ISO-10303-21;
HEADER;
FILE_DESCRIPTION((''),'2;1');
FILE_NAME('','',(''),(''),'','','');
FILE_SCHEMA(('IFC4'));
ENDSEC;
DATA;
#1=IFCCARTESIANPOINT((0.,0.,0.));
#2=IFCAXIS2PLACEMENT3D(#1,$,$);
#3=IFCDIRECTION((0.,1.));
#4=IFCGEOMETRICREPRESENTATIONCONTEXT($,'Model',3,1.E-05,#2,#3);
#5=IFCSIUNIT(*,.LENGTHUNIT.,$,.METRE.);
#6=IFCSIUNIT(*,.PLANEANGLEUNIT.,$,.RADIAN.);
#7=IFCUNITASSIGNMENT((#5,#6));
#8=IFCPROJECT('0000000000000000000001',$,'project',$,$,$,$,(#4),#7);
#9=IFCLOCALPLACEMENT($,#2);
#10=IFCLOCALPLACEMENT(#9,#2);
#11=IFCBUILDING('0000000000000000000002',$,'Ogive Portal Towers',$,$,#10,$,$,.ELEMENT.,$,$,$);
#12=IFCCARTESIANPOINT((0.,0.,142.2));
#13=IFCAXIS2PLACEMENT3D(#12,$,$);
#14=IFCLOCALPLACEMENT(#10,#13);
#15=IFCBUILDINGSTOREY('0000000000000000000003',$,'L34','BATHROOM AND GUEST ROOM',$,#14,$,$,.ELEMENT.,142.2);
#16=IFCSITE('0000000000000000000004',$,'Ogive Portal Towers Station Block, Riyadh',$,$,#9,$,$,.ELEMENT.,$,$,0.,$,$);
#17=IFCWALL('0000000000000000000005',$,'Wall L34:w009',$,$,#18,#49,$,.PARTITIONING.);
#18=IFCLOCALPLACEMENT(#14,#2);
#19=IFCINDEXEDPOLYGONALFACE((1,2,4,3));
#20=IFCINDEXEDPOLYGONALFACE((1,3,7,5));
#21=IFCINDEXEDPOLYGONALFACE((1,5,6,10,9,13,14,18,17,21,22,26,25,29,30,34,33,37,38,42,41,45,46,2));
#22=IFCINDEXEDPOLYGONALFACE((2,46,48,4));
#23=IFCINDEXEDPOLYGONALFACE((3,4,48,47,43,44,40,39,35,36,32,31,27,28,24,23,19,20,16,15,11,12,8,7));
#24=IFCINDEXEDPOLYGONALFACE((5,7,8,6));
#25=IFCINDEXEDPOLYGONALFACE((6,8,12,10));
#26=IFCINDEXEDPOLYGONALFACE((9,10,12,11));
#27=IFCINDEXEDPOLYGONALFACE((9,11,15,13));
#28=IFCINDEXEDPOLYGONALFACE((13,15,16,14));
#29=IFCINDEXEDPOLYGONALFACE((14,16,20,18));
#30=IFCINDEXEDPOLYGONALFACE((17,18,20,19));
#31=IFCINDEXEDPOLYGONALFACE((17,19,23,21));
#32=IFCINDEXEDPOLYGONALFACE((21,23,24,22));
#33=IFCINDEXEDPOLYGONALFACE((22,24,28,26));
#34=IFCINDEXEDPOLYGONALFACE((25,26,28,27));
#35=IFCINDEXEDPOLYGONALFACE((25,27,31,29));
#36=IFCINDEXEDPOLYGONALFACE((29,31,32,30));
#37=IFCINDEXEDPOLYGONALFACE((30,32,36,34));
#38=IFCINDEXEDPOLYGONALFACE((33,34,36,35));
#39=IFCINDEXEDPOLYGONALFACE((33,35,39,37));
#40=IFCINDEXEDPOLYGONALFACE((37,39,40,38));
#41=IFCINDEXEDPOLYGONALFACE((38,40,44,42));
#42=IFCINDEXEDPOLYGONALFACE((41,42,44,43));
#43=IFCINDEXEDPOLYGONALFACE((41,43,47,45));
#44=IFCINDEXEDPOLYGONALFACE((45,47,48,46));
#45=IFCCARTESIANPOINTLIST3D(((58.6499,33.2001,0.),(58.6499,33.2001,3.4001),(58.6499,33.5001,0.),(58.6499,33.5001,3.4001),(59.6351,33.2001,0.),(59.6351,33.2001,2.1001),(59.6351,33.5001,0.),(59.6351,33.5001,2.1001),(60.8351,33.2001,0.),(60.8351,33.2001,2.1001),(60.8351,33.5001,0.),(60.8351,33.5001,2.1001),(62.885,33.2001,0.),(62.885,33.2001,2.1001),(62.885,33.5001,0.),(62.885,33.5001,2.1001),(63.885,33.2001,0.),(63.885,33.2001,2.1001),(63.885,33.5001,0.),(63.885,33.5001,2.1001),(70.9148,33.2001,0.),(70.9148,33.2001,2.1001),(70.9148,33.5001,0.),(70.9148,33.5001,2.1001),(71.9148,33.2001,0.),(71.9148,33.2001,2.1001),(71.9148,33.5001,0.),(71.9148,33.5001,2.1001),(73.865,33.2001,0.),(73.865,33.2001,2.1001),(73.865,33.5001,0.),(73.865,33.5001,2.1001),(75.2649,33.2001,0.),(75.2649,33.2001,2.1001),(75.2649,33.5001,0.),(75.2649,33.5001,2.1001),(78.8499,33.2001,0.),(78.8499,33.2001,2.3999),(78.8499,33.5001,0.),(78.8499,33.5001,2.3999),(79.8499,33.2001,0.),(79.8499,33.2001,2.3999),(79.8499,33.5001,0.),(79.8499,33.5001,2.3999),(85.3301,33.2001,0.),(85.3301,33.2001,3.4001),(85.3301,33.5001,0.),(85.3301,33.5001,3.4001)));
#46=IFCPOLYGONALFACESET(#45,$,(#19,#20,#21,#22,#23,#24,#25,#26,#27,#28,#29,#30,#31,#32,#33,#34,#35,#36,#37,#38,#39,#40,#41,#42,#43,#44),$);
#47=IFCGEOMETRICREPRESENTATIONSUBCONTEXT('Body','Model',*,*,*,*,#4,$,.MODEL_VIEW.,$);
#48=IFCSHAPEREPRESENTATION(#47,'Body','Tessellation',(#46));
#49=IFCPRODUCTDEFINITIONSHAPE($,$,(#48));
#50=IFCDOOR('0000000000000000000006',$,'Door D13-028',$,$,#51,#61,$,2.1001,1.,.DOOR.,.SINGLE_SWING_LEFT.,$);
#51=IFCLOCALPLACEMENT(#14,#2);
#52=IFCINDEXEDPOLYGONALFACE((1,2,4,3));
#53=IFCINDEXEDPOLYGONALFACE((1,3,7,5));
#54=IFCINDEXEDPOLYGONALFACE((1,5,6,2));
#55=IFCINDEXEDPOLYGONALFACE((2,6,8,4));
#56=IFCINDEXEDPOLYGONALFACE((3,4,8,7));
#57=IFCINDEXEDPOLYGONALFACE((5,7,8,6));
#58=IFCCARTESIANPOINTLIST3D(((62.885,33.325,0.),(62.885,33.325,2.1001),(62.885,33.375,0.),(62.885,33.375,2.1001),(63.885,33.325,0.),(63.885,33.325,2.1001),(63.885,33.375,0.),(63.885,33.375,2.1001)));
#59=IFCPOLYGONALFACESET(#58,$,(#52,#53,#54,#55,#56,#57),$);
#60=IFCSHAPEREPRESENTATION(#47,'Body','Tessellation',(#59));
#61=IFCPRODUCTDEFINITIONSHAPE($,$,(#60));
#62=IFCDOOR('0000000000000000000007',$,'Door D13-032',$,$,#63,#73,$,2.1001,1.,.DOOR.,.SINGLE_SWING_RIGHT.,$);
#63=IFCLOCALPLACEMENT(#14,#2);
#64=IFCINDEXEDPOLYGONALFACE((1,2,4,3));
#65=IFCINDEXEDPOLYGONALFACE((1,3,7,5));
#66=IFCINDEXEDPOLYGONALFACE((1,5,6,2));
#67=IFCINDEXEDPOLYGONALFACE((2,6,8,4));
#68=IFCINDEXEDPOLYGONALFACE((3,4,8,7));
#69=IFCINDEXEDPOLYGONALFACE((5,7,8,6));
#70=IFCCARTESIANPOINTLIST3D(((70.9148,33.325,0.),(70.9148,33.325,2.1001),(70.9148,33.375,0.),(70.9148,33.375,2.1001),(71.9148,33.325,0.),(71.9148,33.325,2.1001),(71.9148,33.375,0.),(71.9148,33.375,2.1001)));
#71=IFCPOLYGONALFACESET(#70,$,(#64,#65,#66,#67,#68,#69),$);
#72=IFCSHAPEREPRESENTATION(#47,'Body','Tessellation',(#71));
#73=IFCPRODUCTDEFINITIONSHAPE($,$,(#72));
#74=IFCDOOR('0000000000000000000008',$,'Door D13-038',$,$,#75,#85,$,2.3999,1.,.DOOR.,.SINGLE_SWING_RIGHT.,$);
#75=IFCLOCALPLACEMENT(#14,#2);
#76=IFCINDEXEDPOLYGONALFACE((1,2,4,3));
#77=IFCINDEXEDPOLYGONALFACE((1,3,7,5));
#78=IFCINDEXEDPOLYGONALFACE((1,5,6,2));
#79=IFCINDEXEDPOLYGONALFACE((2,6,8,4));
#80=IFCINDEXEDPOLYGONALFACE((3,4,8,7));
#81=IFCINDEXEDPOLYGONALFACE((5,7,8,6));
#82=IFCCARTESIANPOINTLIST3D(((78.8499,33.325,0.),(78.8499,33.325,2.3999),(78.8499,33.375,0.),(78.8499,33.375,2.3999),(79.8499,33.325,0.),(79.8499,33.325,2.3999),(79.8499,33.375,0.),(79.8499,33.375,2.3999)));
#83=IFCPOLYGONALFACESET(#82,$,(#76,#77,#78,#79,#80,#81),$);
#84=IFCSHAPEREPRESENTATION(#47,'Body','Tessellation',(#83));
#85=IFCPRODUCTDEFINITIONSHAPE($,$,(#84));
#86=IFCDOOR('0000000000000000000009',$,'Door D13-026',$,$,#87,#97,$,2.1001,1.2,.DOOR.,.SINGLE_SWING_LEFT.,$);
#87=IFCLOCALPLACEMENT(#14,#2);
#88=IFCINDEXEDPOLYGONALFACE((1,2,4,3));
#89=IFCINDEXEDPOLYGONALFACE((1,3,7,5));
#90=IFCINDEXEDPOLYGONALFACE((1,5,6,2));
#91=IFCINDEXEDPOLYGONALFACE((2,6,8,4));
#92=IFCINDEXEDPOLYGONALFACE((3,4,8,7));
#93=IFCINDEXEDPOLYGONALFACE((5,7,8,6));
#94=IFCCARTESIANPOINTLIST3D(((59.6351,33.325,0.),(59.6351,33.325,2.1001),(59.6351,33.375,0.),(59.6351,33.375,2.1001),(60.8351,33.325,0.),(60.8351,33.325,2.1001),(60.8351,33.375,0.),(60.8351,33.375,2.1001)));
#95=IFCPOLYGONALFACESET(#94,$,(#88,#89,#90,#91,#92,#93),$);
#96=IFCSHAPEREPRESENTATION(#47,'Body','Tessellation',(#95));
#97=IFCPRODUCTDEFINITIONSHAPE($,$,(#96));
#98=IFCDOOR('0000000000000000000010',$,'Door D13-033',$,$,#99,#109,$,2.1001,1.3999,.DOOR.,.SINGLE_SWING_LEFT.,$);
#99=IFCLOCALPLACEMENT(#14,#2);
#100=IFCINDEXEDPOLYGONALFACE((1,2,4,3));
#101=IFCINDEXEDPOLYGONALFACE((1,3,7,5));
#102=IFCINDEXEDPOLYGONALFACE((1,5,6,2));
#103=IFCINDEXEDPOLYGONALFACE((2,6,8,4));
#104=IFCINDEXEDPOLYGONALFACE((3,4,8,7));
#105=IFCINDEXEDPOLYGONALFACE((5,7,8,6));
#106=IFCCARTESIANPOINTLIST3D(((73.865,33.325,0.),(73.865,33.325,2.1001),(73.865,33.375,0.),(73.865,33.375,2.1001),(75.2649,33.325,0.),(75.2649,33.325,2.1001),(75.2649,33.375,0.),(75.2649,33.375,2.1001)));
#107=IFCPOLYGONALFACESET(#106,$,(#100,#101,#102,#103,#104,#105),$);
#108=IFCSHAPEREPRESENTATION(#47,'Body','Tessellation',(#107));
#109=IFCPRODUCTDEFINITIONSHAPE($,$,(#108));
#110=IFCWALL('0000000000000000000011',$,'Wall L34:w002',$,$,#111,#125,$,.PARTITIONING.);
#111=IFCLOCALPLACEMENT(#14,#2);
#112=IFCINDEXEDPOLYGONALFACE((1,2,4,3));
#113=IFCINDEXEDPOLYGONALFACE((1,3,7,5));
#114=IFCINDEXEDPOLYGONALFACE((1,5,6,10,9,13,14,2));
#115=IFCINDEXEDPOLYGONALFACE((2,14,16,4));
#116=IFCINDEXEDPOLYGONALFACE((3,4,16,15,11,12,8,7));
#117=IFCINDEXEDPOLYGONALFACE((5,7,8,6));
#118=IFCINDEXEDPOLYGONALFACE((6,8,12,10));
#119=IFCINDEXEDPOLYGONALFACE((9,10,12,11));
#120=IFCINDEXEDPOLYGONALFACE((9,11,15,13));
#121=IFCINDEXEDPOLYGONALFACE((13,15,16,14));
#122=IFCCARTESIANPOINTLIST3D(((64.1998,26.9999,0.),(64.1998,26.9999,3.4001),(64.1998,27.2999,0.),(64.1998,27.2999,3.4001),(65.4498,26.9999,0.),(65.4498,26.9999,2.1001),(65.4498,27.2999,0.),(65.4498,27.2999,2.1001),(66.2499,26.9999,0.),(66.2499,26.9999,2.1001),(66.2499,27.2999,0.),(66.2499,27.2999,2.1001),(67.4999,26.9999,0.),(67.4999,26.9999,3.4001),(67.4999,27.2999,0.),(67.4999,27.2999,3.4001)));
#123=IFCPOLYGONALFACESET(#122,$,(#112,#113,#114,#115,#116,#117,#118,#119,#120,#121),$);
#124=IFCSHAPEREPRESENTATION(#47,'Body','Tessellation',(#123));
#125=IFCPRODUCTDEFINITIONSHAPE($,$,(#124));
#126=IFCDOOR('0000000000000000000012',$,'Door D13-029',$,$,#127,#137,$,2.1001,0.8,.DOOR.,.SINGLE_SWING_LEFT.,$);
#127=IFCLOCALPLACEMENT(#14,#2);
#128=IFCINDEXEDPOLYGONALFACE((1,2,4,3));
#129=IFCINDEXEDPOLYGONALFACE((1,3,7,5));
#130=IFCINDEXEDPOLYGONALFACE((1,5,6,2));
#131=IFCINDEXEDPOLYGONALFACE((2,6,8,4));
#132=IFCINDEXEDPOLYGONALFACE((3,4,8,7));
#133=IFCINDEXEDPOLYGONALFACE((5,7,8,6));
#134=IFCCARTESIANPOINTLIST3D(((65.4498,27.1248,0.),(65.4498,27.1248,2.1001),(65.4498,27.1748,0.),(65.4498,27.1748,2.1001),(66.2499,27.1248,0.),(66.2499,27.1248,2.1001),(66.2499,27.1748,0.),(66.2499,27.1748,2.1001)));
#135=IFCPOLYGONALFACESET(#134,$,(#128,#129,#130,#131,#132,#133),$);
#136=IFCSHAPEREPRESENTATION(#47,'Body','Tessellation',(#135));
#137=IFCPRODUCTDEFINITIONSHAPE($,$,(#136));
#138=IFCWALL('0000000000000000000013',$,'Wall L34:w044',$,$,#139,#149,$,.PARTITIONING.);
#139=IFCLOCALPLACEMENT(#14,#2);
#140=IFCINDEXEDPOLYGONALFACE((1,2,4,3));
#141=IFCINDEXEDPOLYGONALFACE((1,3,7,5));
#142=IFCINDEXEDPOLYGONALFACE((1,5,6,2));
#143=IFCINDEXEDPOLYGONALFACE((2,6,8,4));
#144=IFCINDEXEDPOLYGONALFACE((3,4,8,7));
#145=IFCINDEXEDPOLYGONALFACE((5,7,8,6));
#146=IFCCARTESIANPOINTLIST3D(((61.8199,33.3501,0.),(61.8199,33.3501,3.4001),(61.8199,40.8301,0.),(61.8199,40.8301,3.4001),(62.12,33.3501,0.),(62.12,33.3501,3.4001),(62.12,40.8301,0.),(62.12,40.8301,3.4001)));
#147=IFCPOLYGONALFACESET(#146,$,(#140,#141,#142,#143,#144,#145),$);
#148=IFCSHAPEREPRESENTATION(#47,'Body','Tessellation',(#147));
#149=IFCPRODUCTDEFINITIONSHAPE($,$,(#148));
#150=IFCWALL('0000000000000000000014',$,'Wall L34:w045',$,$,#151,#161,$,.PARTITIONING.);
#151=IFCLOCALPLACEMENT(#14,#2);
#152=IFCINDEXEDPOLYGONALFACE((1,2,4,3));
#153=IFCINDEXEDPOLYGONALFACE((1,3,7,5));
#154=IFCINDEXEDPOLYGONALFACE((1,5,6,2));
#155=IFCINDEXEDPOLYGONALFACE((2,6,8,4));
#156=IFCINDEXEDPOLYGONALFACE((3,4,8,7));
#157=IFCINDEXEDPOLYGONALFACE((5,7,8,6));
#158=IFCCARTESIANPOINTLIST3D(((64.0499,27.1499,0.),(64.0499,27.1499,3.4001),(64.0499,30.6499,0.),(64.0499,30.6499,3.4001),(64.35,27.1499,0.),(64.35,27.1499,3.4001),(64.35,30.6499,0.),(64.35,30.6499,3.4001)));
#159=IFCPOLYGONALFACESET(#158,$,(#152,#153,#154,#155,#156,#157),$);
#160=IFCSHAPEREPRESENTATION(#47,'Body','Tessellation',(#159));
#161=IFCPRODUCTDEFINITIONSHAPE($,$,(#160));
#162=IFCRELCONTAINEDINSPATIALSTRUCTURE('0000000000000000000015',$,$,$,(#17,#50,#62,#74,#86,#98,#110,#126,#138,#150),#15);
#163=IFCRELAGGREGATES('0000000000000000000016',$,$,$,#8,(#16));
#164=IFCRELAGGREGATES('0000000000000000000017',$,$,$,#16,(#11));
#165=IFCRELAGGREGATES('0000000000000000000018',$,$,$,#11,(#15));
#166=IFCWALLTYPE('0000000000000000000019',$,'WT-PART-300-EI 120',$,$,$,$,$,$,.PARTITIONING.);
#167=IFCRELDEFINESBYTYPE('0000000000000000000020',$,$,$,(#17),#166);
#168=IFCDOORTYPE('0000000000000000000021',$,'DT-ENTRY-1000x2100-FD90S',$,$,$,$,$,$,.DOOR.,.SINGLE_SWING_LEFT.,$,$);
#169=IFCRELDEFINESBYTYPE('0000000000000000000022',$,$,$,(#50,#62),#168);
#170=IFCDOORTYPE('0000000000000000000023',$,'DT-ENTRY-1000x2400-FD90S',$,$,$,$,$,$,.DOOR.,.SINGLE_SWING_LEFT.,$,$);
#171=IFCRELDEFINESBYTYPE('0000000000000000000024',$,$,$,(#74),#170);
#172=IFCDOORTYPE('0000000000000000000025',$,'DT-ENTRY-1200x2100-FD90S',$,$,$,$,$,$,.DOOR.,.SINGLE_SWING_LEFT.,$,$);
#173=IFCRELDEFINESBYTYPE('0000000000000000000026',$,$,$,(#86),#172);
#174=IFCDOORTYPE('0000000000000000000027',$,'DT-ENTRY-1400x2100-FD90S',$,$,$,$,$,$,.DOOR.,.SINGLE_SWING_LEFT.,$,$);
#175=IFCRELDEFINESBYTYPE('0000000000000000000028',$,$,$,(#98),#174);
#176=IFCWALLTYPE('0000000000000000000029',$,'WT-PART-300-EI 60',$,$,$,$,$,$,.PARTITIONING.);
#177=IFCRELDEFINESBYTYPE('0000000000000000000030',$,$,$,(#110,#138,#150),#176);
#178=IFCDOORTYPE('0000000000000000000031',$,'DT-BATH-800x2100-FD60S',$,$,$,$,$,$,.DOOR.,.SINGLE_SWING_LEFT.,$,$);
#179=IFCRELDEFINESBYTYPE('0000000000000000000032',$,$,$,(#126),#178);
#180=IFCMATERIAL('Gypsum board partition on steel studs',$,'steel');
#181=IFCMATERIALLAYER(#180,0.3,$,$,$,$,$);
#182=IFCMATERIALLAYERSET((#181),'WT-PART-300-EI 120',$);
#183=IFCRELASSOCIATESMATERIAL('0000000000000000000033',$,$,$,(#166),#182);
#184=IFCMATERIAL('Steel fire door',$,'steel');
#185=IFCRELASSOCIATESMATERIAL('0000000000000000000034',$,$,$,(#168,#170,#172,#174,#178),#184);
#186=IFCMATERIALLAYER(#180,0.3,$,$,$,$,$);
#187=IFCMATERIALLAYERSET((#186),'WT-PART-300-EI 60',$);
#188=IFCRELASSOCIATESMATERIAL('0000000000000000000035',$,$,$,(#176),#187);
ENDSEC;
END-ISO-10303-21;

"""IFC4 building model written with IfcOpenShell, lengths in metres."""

from ifc_helpers import new_model, si_unit, direction, frame, frame_2d, origin, place, context, subcontext, project, spatial, rectangle, extrude, material, layer, layer_set, type_object, element, fill, save


model = new_model("IFC4")

# Units and contexts
model_context = context("Model", 3, precision=1e-05, world=origin(), true_north=direction((0.0, 1.0)))
body_context = subcontext(model_context, "Body", "Model", "MODEL_VIEW")
ifc_project = project(units=[si_unit("LENGTHUNIT", "METRE"), si_unit("PLANEANGLEUNIT", "RADIAN")], contexts=[model_context])

# Site, building, storey
site_placement = place(None, origin())
site = spatial("IfcSite", under=ifc_project, at=site_placement, Name="Ogive Portal Towers Station Block, Riyadh", CompositionType="ELEMENT", RefElevation=0.0)
building_placement = place(site_placement, origin())
building = spatial("IfcBuilding", under=site, at=building_placement, Name="Ogive Portal Towers", CompositionType="ELEMENT")
storey_placement = place(building_placement, frame((0.0, 0.0, 142.2)))
storey = spatial("IfcBuildingStorey", under=building, at=storey_placement, Name="L34", Description="BATHROOM AND GUEST ROOM", CompositionType="ELEMENT", Elevation=142.2)

# Wall, openings, doors
ifc_material_1 = material(Name="Gypsum board partition on steel studs", Category="steel")
ifc_layer_1 = layer(ifc_material_1, 0.3)
ifc_layer_set_1 = layer_set([ifc_layer_1], Name="WT-PART-300-EI 120")
wall_type_1 = type_object("IfcWallType", Name="WT-PART-300-EI 120", PredefinedType="PARTITIONING", material=ifc_layer_set_1)
ifc_material_2 = material(Name="Steel fire door", Category="steel")
door_type_1 = type_object("IfcDoorType", Name="DT-ENTRY-1000x2100-FD90S", OperationType="SINGLE_SWING_LEFT", PredefinedType="DOOR", material=ifc_material_2)
door_type_2 = type_object("IfcDoorType", Name="DT-ENTRY-1000x2400-FD90S", OperationType="SINGLE_SWING_LEFT", PredefinedType="DOOR", material=ifc_material_2)
wall_1_placement = place(storey_placement, frame((58.6499, 33.3501, 0.0), z_axis=(0.0, 0.0, 1.0), x_axis=(1.0, 0.0, 0.0)))
wall_1 = element("IfcWall", 1, at=wall_1_placement, inside=storey, type_object=wall_type_1, Name="Wall L34:w009", PredefinedType="PARTITIONING", context=body_context, shape_type="SweptSolid", body=[
    extrude(rectangle(XDim=26.6802, YDim=0.3, at=frame_2d((13.3401, 0.0))), origin(), (0.0, 0.0, 1.0), 3.4001),
])
opening_1_placement = place(wall_1_placement, frame((0.9851, 0.0, 0.0)))
opening_1 = element("IfcOpeningElement", 2, at=opening_1_placement, cuts=wall_1, PredefinedType="OPENING", context=body_context, shape_type="SweptSolid", body=[
    extrude(rectangle(XDim=1.2, YDim=2.1001, at=frame_2d((0.6001, 1.05))), frame((0.0, 0.1602, 0.0), z_axis=(0.0, -1.0, 0.0), x_axis=(1.0, 0.0, 0.0)), (0.0, 0.0, 1.0), 0.3201),
])
opening_2_placement = place(wall_1_placement, frame((4.2351, 0.0, 0.0)))
opening_2 = element("IfcOpeningElement", 3, at=opening_2_placement, cuts=wall_1, PredefinedType="OPENING", context=body_context, shape_type="SweptSolid", body=[
    extrude(rectangle(XDim=1.0, YDim=2.1001, at=frame_2d((0.5, 1.05))), frame((0.0, 0.1602, 0.0), z_axis=(0.0, -1.0, 0.0), x_axis=(1.0, 0.0, 0.0)), (0.0, 0.0, 1.0), 0.3201),
])
opening_3_placement = place(wall_1_placement, frame((12.2649, 0.0, 0.0)))
opening_3 = element("IfcOpeningElement", 4, at=opening_3_placement, cuts=wall_1, PredefinedType="OPENING", context=body_context, shape_type="SweptSolid", body=[
    extrude(rectangle(XDim=1.0, YDim=2.1001, at=frame_2d((0.5, 1.05))), frame((0.0, 0.1602, 0.0), z_axis=(0.0, -1.0, 0.0), x_axis=(1.0, 0.0, 0.0)), (0.0, 0.0, 1.0), 0.3201),
])
opening_4_placement = place(wall_1_placement, frame((15.2151, 0.0, 0.0)))
opening_4 = element("IfcOpeningElement", 5, at=opening_4_placement, cuts=wall_1, PredefinedType="OPENING", context=body_context, shape_type="SweptSolid", body=[
    extrude(rectangle(XDim=1.3999, YDim=2.1001, at=frame_2d((0.7, 1.05))), frame((0.0, 0.1602, 0.0), z_axis=(0.0, -1.0, 0.0), x_axis=(1.0, 0.0, 0.0)), (0.0, 0.0, 1.0), 0.3201),
])
opening_5_placement = place(wall_1_placement, frame((20.2, 0.0, 0.0)))
opening_5 = element("IfcOpeningElement", 6, at=opening_5_placement, cuts=wall_1, PredefinedType="OPENING", context=body_context, shape_type="SweptSolid", body=[
    extrude(rectangle(XDim=1.0, YDim=2.3999, at=frame_2d((0.5, 1.2))), frame((0.0, 0.1602, 0.0), z_axis=(0.0, -1.0, 0.0), x_axis=(1.0, 0.0, 0.0)), (0.0, 0.0, 1.0), 0.3201),
])
door_1_placement = place(opening_2_placement, origin())
door_1 = element("IfcDoor", 7, at=door_1_placement, inside=storey, type_object=door_type_1, Name="Door D13-028", OperationType="SINGLE_SWING_LEFT", OverallHeight=2.1001, OverallWidth=1.0, PredefinedType="DOOR", context=body_context, shape_type="SweptSolid", body=[
    extrude(rectangle(XDim=1.0, YDim=2.1001, at=frame_2d((0.5, 1.05))), frame((0.0, 0.0249, 0.0), z_axis=(0.0, -1.0, 0.0), x_axis=(1.0, 0.0, 0.0)), (0.0, 0.0, 1.0), 0.05),
])
fill(opening_2, door_1)
door_2_placement = place(opening_3_placement, origin())
door_2 = element("IfcDoor", 8, at=door_2_placement, inside=storey, type_object=door_type_1, Name="Door D13-032", OperationType="SINGLE_SWING_RIGHT", OverallHeight=2.1001, OverallWidth=1.0, PredefinedType="DOOR", context=body_context, shape_type="SweptSolid", body=[
    extrude(rectangle(XDim=1.0, YDim=2.1001, at=frame_2d((0.5, 1.05))), frame((0.0, 0.0249, 0.0), z_axis=(0.0, -1.0, 0.0), x_axis=(1.0, 0.0, 0.0)), (0.0, 0.0, 1.0), 0.05),
])
fill(opening_3, door_2)
door_3_placement = place(opening_5_placement, origin())
door_3 = element("IfcDoor", 9, at=door_3_placement, inside=storey, type_object=door_type_2, Name="Door D13-038", OperationType="SINGLE_SWING_RIGHT", OverallHeight=2.3999, OverallWidth=1.0, PredefinedType="DOOR", context=body_context, shape_type="SweptSolid", body=[
    extrude(rectangle(XDim=1.0, YDim=2.3999, at=frame_2d((0.5, 1.2))), frame((0.0, 0.0249, 0.0), z_axis=(0.0, -1.0, 0.0), x_axis=(1.0, 0.0, 0.0)), (0.0, 0.0, 1.0), 0.05),
])
fill(opening_5, door_3)
door_type_3 = type_object("IfcDoorType", Name="DT-ENTRY-1200x2100-FD90S", OperationType="SINGLE_SWING_LEFT", PredefinedType="DOOR", material=ifc_material_2)
door_4_placement = place(opening_1_placement, origin())
door_4 = element("IfcDoor", 10, at=door_4_placement, inside=storey, type_object=door_type_3, Name="Door D13-026", OperationType="SINGLE_SWING_LEFT", OverallHeight=2.1001, OverallWidth=1.2, PredefinedType="DOOR", context=body_context, shape_type="SweptSolid", body=[
    extrude(rectangle(XDim=1.2, YDim=2.1001, at=frame_2d((0.6001, 1.05))), frame((0.0, 0.0249, 0.0), z_axis=(0.0, -1.0, 0.0), x_axis=(1.0, 0.0, 0.0)), (0.0, 0.0, 1.0), 0.05),
])
fill(opening_1, door_4)
door_type_4 = type_object("IfcDoorType", Name="DT-ENTRY-1400x2100-FD90S", OperationType="SINGLE_SWING_LEFT", PredefinedType="DOOR", material=ifc_material_2)
door_5_placement = place(opening_4_placement, origin())
door_5 = element("IfcDoor", 11, at=door_5_placement, inside=storey, type_object=door_type_4, Name="Door D13-033", OperationType="SINGLE_SWING_LEFT", OverallHeight=2.1001, OverallWidth=1.3999, PredefinedType="DOOR", context=body_context, shape_type="SweptSolid", body=[
    extrude(rectangle(XDim=1.3999, YDim=2.1001, at=frame_2d((0.7, 1.05))), frame((0.0, 0.0249, 0.0), z_axis=(0.0, -1.0, 0.0), x_axis=(1.0, 0.0, 0.0)), (0.0, 0.0, 1.0), 0.05),
])
fill(opening_4, door_5)

# Wall, opening, door
ifc_layer_2 = layer(ifc_material_1, 0.3)
ifc_layer_set_2 = layer_set([ifc_layer_2], Name="WT-PART-300-EI 60")
wall_type_2 = type_object("IfcWallType", Name="WT-PART-300-EI 60", PredefinedType="PARTITIONING", material=ifc_layer_set_2)
wall_2_placement = place(storey_placement, frame((64.2, 27.1499, 0.0), z_axis=(0.0, 0.0, 1.0), x_axis=(1.0, 0.0, 0.0)))
wall_2 = element("IfcWall", 12, at=wall_2_placement, inside=storey, type_object=wall_type_2, Name="Wall L34:w002", PredefinedType="PARTITIONING", context=body_context, shape_type="SweptSolid", body=[
    extrude(rectangle(XDim=3.3, YDim=0.3, at=frame_2d((1.6499, 0.0))), origin(), (0.0, 0.0, 1.0), 3.4001),
])
opening_6_placement = place(wall_2_placement, frame((1.25, 0.0, 0.0)))
opening_6 = element("IfcOpeningElement", 13, at=opening_6_placement, cuts=wall_2, PredefinedType="OPENING", context=body_context, shape_type="SweptSolid", body=[
    extrude(rectangle(XDim=0.8, YDim=2.1001, at=frame_2d((0.3999, 1.05))), frame((0.0, 0.1602, 0.0), z_axis=(0.0, -1.0, 0.0), x_axis=(1.0, 0.0, 0.0)), (0.0, 0.0, 1.0), 0.3201),
])
door_type_5 = type_object("IfcDoorType", Name="DT-BATH-800x2100-FD60S", OperationType="SINGLE_SWING_LEFT", PredefinedType="DOOR", material=ifc_material_2)
door_6_placement = place(opening_6_placement, origin())
door_6 = element("IfcDoor", 14, at=door_6_placement, inside=storey, type_object=door_type_5, Name="Door D13-029", OperationType="SINGLE_SWING_LEFT", OverallHeight=2.1001, OverallWidth=0.8, PredefinedType="DOOR", context=body_context, shape_type="SweptSolid", body=[
    extrude(rectangle(XDim=0.8, YDim=2.1001, at=frame_2d((0.3999, 1.05))), frame((0.0, 0.0249, 0.0), z_axis=(0.0, -1.0, 0.0), x_axis=(1.0, 0.0, 0.0)), (0.0, 0.0, 1.0), 0.05),
])
fill(opening_6, door_6)

# Walls
wall_3_placement = place(storey_placement, frame((61.97, 33.3501, 0.0), z_axis=(0.0, 0.0, 1.0), x_axis=(0.0, 1.0, 0.0)))
element("IfcWall", 15, at=wall_3_placement, inside=storey, type_object=wall_type_2, Name="Wall L34:w044", PredefinedType="PARTITIONING", context=body_context, shape_type="SweptSolid", body=[
    extrude(rectangle(XDim=7.48, YDim=0.3, at=frame_2d((3.74, 0.0))), origin(), (0.0, 0.0, 1.0), 3.4001),
])
wall_4_placement = place(storey_placement, frame((64.2, 27.1499, 0.0), z_axis=(0.0, 0.0, 1.0), x_axis=(0.0, 1.0, 0.0)))
element("IfcWall", 16, at=wall_4_placement, inside=storey, type_object=wall_type_2, Name="Wall L34:w045", PredefinedType="PARTITIONING", context=body_context, shape_type="SweptSolid", body=[
    extrude(rectangle(XDim=3.5, YDim=0.3, at=frame_2d((1.75, 0.0))), origin(), (0.0, 0.0, 1.0), 3.4001),
])

save(model, "model.ifc")
